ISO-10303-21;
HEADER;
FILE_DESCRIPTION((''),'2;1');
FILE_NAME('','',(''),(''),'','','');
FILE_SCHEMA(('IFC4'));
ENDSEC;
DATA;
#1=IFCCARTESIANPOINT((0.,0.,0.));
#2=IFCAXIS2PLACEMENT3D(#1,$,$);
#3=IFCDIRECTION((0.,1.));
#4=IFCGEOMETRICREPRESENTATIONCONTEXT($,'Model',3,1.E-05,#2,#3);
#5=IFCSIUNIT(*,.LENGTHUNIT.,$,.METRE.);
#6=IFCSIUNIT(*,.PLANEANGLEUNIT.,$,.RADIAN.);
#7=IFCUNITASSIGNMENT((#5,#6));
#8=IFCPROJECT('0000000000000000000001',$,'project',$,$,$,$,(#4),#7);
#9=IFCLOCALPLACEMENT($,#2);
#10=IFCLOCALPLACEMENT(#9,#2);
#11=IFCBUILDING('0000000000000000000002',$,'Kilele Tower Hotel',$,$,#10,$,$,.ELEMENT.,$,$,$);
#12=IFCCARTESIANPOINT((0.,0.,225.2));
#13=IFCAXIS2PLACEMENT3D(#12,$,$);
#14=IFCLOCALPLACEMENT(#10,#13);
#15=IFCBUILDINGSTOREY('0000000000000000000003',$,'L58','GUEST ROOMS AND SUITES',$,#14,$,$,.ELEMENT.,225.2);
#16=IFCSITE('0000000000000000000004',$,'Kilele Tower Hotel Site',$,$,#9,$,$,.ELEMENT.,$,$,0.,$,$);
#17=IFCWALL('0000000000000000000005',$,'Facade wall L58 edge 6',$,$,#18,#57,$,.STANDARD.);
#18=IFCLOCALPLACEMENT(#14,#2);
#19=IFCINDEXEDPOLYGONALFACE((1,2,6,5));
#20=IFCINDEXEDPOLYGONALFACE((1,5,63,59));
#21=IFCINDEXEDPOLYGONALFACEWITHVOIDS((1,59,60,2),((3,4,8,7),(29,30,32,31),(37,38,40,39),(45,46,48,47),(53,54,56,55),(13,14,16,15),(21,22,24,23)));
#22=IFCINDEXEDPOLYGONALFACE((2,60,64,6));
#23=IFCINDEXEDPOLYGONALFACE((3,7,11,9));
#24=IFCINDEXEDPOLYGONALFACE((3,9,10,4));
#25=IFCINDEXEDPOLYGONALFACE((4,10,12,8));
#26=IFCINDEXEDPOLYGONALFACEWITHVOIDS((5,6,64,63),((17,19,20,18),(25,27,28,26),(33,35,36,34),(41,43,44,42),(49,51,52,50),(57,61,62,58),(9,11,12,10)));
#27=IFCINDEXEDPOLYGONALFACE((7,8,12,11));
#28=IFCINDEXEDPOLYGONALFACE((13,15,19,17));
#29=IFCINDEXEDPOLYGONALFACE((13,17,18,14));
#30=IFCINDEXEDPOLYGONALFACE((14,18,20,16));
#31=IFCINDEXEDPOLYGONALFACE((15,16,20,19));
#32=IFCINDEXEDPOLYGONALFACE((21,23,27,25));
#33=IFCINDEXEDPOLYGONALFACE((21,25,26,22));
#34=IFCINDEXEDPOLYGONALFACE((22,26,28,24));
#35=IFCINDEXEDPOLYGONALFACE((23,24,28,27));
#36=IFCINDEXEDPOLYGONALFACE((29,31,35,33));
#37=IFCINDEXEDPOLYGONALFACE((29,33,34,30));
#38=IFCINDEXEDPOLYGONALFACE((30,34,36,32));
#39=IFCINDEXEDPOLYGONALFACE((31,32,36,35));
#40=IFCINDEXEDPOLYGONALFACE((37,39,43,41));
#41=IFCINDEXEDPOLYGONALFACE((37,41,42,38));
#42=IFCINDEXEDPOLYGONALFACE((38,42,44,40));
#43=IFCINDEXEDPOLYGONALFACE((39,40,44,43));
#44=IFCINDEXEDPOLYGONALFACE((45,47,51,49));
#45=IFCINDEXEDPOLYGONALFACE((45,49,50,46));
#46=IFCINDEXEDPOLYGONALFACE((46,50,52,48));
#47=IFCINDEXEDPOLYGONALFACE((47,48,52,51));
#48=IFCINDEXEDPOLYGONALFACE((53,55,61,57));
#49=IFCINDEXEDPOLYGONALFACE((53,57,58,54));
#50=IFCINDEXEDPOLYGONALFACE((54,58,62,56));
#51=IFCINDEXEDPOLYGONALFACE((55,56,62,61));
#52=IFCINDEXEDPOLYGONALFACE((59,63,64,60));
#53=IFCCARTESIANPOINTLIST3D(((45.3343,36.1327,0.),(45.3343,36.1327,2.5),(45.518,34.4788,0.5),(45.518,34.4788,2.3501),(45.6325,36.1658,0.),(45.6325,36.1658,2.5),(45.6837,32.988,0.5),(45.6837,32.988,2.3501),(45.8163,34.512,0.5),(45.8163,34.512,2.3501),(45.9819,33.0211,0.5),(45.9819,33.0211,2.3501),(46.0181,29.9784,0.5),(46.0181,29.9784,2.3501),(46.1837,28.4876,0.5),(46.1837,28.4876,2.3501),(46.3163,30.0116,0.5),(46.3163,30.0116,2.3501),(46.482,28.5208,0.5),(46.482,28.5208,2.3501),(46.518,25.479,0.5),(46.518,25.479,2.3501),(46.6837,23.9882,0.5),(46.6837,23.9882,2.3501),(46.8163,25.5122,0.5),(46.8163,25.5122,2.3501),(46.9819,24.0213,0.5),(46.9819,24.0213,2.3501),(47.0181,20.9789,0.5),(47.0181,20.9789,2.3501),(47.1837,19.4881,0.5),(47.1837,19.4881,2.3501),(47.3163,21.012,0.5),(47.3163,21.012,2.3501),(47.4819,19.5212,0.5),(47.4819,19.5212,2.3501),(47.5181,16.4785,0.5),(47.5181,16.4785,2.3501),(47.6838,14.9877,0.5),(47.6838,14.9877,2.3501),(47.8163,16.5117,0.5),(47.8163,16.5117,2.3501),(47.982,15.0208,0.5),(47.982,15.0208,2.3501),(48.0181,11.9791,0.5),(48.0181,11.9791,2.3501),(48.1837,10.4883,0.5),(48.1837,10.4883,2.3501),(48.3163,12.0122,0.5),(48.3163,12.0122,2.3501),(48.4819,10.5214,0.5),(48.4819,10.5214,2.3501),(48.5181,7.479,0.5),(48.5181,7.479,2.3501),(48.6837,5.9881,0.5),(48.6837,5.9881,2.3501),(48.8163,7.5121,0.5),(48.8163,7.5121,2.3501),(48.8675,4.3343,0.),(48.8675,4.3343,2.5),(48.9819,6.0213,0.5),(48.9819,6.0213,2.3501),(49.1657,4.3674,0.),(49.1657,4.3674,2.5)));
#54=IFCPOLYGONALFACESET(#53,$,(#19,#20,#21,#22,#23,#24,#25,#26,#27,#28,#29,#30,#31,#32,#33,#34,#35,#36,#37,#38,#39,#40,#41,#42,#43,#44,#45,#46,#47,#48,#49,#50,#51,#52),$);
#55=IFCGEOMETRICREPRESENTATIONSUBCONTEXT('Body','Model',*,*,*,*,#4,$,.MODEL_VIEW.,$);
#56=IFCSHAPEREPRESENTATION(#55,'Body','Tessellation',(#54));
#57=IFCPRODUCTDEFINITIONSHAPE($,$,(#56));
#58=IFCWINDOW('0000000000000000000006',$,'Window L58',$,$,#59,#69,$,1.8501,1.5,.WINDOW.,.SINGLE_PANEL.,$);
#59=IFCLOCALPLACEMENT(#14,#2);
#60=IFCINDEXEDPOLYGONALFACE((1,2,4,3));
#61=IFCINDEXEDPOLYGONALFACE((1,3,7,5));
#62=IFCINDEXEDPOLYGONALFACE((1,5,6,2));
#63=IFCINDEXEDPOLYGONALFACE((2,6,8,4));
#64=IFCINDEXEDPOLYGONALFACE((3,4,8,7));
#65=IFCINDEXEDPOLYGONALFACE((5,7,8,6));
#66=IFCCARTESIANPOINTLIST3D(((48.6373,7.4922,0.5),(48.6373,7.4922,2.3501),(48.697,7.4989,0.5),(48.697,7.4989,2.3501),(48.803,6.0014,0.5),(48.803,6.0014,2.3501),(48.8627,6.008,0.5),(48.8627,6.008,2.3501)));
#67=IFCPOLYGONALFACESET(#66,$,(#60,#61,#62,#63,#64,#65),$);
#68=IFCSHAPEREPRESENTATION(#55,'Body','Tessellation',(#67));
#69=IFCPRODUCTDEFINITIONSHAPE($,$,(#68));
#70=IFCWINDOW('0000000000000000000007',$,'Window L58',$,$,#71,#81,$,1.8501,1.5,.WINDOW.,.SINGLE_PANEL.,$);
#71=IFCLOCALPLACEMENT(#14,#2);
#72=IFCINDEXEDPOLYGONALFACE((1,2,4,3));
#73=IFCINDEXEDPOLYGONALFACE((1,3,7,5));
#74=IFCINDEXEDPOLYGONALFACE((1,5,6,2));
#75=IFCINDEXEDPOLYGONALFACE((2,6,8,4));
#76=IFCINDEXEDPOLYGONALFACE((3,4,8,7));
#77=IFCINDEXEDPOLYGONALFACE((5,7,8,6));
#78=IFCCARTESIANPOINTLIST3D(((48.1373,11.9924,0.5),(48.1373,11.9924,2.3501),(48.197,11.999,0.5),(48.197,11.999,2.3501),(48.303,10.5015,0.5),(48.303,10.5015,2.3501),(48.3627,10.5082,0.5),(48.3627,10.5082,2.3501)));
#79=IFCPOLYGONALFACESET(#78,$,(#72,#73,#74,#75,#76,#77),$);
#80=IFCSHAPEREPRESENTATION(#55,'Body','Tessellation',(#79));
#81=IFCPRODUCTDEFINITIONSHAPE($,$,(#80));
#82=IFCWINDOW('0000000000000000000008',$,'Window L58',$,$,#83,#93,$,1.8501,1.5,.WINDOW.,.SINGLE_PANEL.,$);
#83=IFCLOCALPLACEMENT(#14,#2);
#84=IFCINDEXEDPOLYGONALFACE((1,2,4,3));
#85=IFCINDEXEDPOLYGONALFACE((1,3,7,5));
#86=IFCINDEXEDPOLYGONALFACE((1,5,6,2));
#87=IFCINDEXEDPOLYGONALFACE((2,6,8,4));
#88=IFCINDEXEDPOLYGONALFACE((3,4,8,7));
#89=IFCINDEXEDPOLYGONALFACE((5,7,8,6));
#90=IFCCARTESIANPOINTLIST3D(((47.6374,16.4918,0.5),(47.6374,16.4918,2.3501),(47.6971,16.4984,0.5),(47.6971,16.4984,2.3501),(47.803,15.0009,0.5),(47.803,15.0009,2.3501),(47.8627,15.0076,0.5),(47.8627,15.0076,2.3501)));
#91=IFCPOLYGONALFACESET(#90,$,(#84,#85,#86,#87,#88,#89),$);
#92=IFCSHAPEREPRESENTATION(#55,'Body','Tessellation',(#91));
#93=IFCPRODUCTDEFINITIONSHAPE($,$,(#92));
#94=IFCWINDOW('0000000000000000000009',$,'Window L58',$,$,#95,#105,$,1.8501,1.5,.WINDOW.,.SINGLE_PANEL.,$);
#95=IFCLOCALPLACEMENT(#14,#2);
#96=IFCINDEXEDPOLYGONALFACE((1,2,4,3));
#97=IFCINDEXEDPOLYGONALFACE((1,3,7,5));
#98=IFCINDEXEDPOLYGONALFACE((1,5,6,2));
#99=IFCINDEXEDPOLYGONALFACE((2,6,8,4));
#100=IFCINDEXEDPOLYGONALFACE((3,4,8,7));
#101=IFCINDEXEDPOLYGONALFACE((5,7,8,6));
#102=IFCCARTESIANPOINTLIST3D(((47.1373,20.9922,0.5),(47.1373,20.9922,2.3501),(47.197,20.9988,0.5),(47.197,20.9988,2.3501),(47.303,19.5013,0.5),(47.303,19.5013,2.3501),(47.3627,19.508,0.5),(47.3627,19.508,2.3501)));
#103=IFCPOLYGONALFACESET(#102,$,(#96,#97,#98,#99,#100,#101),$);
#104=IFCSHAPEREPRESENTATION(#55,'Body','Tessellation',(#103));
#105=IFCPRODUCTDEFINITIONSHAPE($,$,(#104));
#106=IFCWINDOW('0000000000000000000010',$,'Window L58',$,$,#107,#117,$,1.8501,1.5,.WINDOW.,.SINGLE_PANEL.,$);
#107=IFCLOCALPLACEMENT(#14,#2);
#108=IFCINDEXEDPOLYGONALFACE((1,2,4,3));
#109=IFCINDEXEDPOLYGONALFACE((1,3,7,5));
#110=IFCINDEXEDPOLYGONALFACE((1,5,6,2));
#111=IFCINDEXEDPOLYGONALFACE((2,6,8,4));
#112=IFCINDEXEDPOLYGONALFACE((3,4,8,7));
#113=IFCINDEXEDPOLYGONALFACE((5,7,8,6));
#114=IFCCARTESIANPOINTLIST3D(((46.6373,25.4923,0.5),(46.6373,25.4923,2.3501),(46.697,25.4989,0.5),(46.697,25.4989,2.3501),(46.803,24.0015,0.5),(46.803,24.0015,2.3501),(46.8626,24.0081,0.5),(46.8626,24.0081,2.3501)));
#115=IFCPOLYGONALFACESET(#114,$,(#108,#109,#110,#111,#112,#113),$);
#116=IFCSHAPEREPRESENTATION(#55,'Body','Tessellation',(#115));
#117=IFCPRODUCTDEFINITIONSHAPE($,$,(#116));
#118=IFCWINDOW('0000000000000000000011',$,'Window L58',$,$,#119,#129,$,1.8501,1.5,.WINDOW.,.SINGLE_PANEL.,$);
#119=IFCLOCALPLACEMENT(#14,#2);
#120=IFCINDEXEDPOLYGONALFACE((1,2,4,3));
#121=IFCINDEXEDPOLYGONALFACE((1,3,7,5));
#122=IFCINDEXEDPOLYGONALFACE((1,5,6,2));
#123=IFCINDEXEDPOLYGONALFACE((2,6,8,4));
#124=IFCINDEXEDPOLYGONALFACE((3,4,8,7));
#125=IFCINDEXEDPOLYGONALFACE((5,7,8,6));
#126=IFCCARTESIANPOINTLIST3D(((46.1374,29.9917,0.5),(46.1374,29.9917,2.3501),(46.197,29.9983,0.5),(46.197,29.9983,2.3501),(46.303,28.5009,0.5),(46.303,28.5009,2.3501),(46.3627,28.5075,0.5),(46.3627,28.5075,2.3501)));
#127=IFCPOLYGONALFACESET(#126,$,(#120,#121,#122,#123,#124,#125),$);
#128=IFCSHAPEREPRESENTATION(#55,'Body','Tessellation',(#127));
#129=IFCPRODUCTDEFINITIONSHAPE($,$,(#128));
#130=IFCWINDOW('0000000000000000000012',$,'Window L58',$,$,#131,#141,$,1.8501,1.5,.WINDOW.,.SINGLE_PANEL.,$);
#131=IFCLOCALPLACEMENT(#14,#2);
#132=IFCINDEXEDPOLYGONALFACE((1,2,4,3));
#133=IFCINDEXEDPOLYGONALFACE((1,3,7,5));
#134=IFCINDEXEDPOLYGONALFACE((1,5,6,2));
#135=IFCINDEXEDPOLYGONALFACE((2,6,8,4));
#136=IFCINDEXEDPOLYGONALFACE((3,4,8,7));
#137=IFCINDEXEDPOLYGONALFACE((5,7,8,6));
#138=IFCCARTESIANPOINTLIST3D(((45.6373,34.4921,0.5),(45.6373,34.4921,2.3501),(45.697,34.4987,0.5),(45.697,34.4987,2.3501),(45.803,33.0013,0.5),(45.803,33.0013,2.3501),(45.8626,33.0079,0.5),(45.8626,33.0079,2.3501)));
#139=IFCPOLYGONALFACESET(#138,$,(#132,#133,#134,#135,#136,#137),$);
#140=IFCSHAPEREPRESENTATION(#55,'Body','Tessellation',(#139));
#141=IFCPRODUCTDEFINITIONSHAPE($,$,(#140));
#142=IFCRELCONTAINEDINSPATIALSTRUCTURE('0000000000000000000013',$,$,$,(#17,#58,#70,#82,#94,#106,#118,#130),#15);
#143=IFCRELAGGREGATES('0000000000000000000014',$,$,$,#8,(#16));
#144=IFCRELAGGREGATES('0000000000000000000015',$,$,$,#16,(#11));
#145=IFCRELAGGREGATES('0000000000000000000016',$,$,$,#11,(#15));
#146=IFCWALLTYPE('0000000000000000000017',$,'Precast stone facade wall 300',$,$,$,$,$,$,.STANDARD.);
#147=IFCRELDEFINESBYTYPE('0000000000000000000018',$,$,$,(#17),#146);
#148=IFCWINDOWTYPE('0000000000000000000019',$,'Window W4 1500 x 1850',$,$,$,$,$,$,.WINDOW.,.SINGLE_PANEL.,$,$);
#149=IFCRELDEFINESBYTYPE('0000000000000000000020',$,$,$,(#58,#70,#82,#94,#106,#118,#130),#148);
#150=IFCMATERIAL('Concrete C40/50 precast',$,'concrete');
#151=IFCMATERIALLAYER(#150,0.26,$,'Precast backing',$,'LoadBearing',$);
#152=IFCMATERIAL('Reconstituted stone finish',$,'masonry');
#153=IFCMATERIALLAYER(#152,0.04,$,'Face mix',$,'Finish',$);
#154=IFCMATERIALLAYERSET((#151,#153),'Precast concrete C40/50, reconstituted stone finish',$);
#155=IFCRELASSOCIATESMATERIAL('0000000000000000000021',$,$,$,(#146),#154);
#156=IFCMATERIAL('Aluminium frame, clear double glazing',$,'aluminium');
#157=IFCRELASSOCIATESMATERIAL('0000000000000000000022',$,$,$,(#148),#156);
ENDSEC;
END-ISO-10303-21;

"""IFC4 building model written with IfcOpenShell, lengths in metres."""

from ifc_helpers import new_model, si_unit, direction, frame, frame_2d, origin, place, context, subcontext, project, spatial, rectangle, extrude, material, layer, layer_set, type_object, element, fill, save


model = new_model("IFC4")

# Units and contexts
model_context = context("Model", 3, precision=1e-05, world=origin(), true_north=direction((0.0, 1.0)))
body_context = subcontext(model_context, "Body", "Model", "MODEL_VIEW")
ifc_project = project(units=[si_unit("LENGTHUNIT", "METRE"), si_unit("PLANEANGLEUNIT", "RADIAN")], contexts=[model_context])

# Site, building, storey
site_placement = place(None, origin())
site = spatial("IfcSite", under=ifc_project, at=site_placement, Name="Kilele Tower Hotel Site", CompositionType="ELEMENT", RefElevation=0.0)
building_placement = place(site_placement, origin())
building = spatial("IfcBuilding", under=site, at=building_placement, Name="Kilele Tower Hotel", CompositionType="ELEMENT")
storey_placement = place(building_placement, frame((0.0, 0.0, 225.2)))
storey = spatial("IfcBuildingStorey", under=building, at=storey_placement, Name="L58", Description="GUEST ROOMS AND SUITES", CompositionType="ELEMENT", Elevation=225.2)

# Shared definitions
ifc_material_1 = material(Name="Concrete C40/50 precast", Category="concrete")
ifc_layer_1 = layer(ifc_material_1, 0.26, Name="Precast backing", Category="LoadBearing")
ifc_material_2 = material(Name="Reconstituted stone finish", Category="masonry")
ifc_layer_2 = layer(ifc_material_2, 0.04, Name="Face mix", Category="Finish")
ifc_layer_set_1 = layer_set([ifc_layer_1, ifc_layer_2], Name="Precast concrete C40/50, reconstituted stone finish")
wall_type_1 = type_object("IfcWallType", Name="Precast stone facade wall 300", PredefinedType="STANDARD", material=ifc_layer_set_1)
ifc_material_3 = material(Name="Aluminium frame, clear double glazing", Category="aluminium")
window_type_1 = type_object("IfcWindowType", Name="Window W4 1500 x 1850", PartitioningType="SINGLE_PANEL", PredefinedType="WINDOW", material=ifc_material_3)

# Wall, openings, windows
wall_1_placement = place(storey_placement, frame((49.0166, 4.3508, 0.0), z_axis=(0.0, 0.0, 1.0), x_axis=(-0.110433, 0.993884, 0.0)))
wall_1 = element("IfcWall", 1, at=wall_1_placement, inside=storey, type_object=wall_type_1, Name="Facade wall L58 edge 6", PredefinedType="STANDARD", context=body_context, shape_type="SweptSolid", body=[
    extrude(rectangle(XDim=31.9941, YDim=0.3, at=frame_2d((15.9971, 0.0))), origin(), (0.0, 0.0, 1.0), 2.5),
])
opening_1_placement = place(wall_1_placement, frame((1.6641, 0.0, 0.5)))
opening_1 = element("IfcOpeningElement", 2, at=opening_1_placement, cuts=wall_1, PredefinedType="OPENING", context=body_context, shape_type="SweptSolid", body=[
    extrude(rectangle(XDim=1.5, YDim=1.8501, at=frame_2d((0.75, 0.925))), frame((0.0, 0.1599, 0.0), z_axis=(0.0, -1.0, 0.0), x_axis=(1.0, 0.0, 0.0)), (0.0, 0.0, 1.0), 0.3201),
])
opening_2_placement = place(wall_1_placement, frame((6.1919, 0.0, 0.5)))
opening_2 = element("IfcOpeningElement", 3, at=opening_2_placement, cuts=wall_1, PredefinedType="OPENING", context=body_context, shape_type="SweptSolid", body=[
    extrude(rectangle(XDim=1.5, YDim=1.8501, at=frame_2d((0.75, 0.925))), frame((0.0, 0.1599, 0.0), z_axis=(0.0, -1.0, 0.0), x_axis=(1.0, 0.0, 0.0)), (0.0, 0.0, 1.0), 0.3201),
])
opening_3_placement = place(wall_1_placement, frame((10.719, 0.0, 0.5)))
opening_3 = element("IfcOpeningElement", 4, at=opening_3_placement, cuts=wall_1, PredefinedType="OPENING", context=body_context, shape_type="SweptSolid", body=[
    extrude(rectangle(XDim=1.5, YDim=1.8501, at=frame_2d((0.75, 0.925))), frame((0.0, 0.1599, 0.0), z_axis=(0.0, -1.0, 0.0), x_axis=(1.0, 0.0, 0.0)), (0.0, 0.0, 1.0), 0.3201),
])
opening_4_placement = place(wall_1_placement, frame((15.2471, 0.0, 0.5)))
opening_4 = element("IfcOpeningElement", 5, at=opening_4_placement, cuts=wall_1, PredefinedType="OPENING", context=body_context, shape_type="SweptSolid", body=[
    extrude(rectangle(XDim=1.5, YDim=1.8501, at=frame_2d((0.75, 0.925))), frame((0.0, 0.1599, 0.0), z_axis=(0.0, -1.0, 0.0), x_axis=(1.0, 0.0, 0.0)), (0.0, 0.0, 1.0), 0.3201),
])
opening_5_placement = place(wall_1_placement, frame((19.7749, 0.0, 0.5)))
opening_5 = element("IfcOpeningElement", 6, at=opening_5_placement, cuts=wall_1, PredefinedType="OPENING", context=body_context, shape_type="SweptSolid", body=[
    extrude(rectangle(XDim=1.5, YDim=1.8501, at=frame_2d((0.75, 0.925))), frame((0.0, 0.1599, 0.0), z_axis=(0.0, -1.0, 0.0), x_axis=(1.0, 0.0, 0.0)), (0.0, 0.0, 1.0), 0.3201),
])
opening_6_placement = place(wall_1_placement, frame((24.302, 0.0, 0.5)))
opening_6 = element("IfcOpeningElement", 7, at=opening_6_placement, cuts=wall_1, PredefinedType="OPENING", context=body_context, shape_type="SweptSolid", body=[
    extrude(rectangle(XDim=1.5, YDim=1.8501, at=frame_2d((0.75, 0.925))), frame((0.0, 0.1599, 0.0), z_axis=(0.0, -1.0, 0.0), x_axis=(1.0, 0.0, 0.0)), (0.0, 0.0, 1.0), 0.3201),
])
opening_7_placement = place(wall_1_placement, frame((28.8301, 0.0, 0.5)))
opening_7 = element("IfcOpeningElement", 8, at=opening_7_placement, cuts=wall_1, PredefinedType="OPENING", context=body_context, shape_type="SweptSolid", body=[
    extrude(rectangle(XDim=1.5, YDim=1.8501, at=frame_2d((0.75, 0.925))), frame((0.0, 0.1599, 0.0), z_axis=(0.0, -1.0, 0.0), x_axis=(1.0, 0.0, 0.0)), (0.0, 0.0, 1.0), 0.3201),
])
window_1_placement = place(opening_1_placement, origin())
window_1 = element("IfcWindow", 9, at=window_1_placement, inside=storey, type_object=window_type_1, Name="Window L58", OverallHeight=1.8501, OverallWidth=1.5, PartitioningType="SINGLE_PANEL", PredefinedType="WINDOW", context=body_context, shape_type="SweptSolid", body=[
    extrude(rectangle(XDim=1.5, YDim=1.8501, at=frame_2d((0.75, 0.925))), frame((0.0, 0.03, 0.0), z_axis=(0.0, -1.0, 0.0), x_axis=(1.0, 0.0, 0.0)), (0.0, 0.0, 1.0), 0.0601),
])
fill(opening_1, window_1)
window_2_placement = place(opening_2_placement, origin())
window_2 = element("IfcWindow", 10, at=window_2_placement, inside=storey, type_object=window_type_1, Name="Window L58", OverallHeight=1.8501, OverallWidth=1.5, PartitioningType="SINGLE_PANEL", PredefinedType="WINDOW", context=body_context, shape_type="SweptSolid", body=[
    extrude(rectangle(XDim=1.5, YDim=1.8501, at=frame_2d((0.75, 0.925))), frame((0.0, 0.03, 0.0), z_axis=(0.0, -1.0, 0.0), x_axis=(1.0, 0.0, 0.0)), (0.0, 0.0, 1.0), 0.0601),
])
fill(opening_2, window_2)
window_3_placement = place(opening_3_placement, origin())
window_3 = element("IfcWindow", 11, at=window_3_placement, inside=storey, type_object=window_type_1, Name="Window L58", OverallHeight=1.8501, OverallWidth=1.5, PartitioningType="SINGLE_PANEL", PredefinedType="WINDOW", context=body_context, shape_type="SweptSolid", body=[
    extrude(rectangle(XDim=1.5, YDim=1.8501, at=frame_2d((0.75, 0.925))), frame((0.0, 0.03, 0.0), z_axis=(0.0, -1.0, 0.0), x_axis=(1.0, 0.0, 0.0)), (0.0, 0.0, 1.0), 0.0601),
])
fill(opening_3, window_3)
window_4_placement = place(opening_4_placement, origin())
window_4 = element("IfcWindow", 12, at=window_4_placement, inside=storey, type_object=window_type_1, Name="Window L58", OverallHeight=1.8501, OverallWidth=1.5, PartitioningType="SINGLE_PANEL", PredefinedType="WINDOW", context=body_context, shape_type="SweptSolid", body=[
    extrude(rectangle(XDim=1.5, YDim=1.8501, at=frame_2d((0.75, 0.925))), frame((0.0, 0.03, 0.0), z_axis=(0.0, -1.0, 0.0), x_axis=(1.0, 0.0, 0.0)), (0.0, 0.0, 1.0), 0.0601),
])
fill(opening_4, window_4)
window_5_placement = place(opening_5_placement, origin())
window_5 = element("IfcWindow", 13, at=window_5_placement, inside=storey, type_object=window_type_1, Name="Window L58", OverallHeight=1.8501, OverallWidth=1.5, PartitioningType="SINGLE_PANEL", PredefinedType="WINDOW", context=body_context, shape_type="SweptSolid", body=[
    extrude(rectangle(XDim=1.5, YDim=1.8501, at=frame_2d((0.75, 0.925))), frame((0.0, 0.03, 0.0), z_axis=(0.0, -1.0, 0.0), x_axis=(1.0, 0.0, 0.0)), (0.0, 0.0, 1.0), 0.0601),
])
fill(opening_5, window_5)
window_6_placement = place(opening_6_placement, origin())
window_6 = element("IfcWindow", 14, at=window_6_placement, inside=storey, type_object=window_type_1, Name="Window L58", OverallHeight=1.8501, OverallWidth=1.5, PartitioningType="SINGLE_PANEL", PredefinedType="WINDOW", context=body_context, shape_type="SweptSolid", body=[
    extrude(rectangle(XDim=1.5, YDim=1.8501, at=frame_2d((0.75, 0.925))), frame((0.0, 0.03, 0.0), z_axis=(0.0, -1.0, 0.0), x_axis=(1.0, 0.0, 0.0)), (0.0, 0.0, 1.0), 0.0601),
])
fill(opening_6, window_6)
window_7_placement = place(opening_7_placement, origin())
window_7 = element("IfcWindow", 15, at=window_7_placement, inside=storey, type_object=window_type_1, Name="Window L58", OverallHeight=1.8501, OverallWidth=1.5, PartitioningType="SINGLE_PANEL", PredefinedType="WINDOW", context=body_context, shape_type="SweptSolid", body=[
    extrude(rectangle(XDim=1.5, YDim=1.8501, at=frame_2d((0.75, 0.925))), frame((0.0, 0.03, 0.0), z_axis=(0.0, -1.0, 0.0), x_axis=(1.0, 0.0, 0.0)), (0.0, 0.0, 1.0), 0.0601),
])
fill(opening_7, window_7)

save(model, "model.ifc")
